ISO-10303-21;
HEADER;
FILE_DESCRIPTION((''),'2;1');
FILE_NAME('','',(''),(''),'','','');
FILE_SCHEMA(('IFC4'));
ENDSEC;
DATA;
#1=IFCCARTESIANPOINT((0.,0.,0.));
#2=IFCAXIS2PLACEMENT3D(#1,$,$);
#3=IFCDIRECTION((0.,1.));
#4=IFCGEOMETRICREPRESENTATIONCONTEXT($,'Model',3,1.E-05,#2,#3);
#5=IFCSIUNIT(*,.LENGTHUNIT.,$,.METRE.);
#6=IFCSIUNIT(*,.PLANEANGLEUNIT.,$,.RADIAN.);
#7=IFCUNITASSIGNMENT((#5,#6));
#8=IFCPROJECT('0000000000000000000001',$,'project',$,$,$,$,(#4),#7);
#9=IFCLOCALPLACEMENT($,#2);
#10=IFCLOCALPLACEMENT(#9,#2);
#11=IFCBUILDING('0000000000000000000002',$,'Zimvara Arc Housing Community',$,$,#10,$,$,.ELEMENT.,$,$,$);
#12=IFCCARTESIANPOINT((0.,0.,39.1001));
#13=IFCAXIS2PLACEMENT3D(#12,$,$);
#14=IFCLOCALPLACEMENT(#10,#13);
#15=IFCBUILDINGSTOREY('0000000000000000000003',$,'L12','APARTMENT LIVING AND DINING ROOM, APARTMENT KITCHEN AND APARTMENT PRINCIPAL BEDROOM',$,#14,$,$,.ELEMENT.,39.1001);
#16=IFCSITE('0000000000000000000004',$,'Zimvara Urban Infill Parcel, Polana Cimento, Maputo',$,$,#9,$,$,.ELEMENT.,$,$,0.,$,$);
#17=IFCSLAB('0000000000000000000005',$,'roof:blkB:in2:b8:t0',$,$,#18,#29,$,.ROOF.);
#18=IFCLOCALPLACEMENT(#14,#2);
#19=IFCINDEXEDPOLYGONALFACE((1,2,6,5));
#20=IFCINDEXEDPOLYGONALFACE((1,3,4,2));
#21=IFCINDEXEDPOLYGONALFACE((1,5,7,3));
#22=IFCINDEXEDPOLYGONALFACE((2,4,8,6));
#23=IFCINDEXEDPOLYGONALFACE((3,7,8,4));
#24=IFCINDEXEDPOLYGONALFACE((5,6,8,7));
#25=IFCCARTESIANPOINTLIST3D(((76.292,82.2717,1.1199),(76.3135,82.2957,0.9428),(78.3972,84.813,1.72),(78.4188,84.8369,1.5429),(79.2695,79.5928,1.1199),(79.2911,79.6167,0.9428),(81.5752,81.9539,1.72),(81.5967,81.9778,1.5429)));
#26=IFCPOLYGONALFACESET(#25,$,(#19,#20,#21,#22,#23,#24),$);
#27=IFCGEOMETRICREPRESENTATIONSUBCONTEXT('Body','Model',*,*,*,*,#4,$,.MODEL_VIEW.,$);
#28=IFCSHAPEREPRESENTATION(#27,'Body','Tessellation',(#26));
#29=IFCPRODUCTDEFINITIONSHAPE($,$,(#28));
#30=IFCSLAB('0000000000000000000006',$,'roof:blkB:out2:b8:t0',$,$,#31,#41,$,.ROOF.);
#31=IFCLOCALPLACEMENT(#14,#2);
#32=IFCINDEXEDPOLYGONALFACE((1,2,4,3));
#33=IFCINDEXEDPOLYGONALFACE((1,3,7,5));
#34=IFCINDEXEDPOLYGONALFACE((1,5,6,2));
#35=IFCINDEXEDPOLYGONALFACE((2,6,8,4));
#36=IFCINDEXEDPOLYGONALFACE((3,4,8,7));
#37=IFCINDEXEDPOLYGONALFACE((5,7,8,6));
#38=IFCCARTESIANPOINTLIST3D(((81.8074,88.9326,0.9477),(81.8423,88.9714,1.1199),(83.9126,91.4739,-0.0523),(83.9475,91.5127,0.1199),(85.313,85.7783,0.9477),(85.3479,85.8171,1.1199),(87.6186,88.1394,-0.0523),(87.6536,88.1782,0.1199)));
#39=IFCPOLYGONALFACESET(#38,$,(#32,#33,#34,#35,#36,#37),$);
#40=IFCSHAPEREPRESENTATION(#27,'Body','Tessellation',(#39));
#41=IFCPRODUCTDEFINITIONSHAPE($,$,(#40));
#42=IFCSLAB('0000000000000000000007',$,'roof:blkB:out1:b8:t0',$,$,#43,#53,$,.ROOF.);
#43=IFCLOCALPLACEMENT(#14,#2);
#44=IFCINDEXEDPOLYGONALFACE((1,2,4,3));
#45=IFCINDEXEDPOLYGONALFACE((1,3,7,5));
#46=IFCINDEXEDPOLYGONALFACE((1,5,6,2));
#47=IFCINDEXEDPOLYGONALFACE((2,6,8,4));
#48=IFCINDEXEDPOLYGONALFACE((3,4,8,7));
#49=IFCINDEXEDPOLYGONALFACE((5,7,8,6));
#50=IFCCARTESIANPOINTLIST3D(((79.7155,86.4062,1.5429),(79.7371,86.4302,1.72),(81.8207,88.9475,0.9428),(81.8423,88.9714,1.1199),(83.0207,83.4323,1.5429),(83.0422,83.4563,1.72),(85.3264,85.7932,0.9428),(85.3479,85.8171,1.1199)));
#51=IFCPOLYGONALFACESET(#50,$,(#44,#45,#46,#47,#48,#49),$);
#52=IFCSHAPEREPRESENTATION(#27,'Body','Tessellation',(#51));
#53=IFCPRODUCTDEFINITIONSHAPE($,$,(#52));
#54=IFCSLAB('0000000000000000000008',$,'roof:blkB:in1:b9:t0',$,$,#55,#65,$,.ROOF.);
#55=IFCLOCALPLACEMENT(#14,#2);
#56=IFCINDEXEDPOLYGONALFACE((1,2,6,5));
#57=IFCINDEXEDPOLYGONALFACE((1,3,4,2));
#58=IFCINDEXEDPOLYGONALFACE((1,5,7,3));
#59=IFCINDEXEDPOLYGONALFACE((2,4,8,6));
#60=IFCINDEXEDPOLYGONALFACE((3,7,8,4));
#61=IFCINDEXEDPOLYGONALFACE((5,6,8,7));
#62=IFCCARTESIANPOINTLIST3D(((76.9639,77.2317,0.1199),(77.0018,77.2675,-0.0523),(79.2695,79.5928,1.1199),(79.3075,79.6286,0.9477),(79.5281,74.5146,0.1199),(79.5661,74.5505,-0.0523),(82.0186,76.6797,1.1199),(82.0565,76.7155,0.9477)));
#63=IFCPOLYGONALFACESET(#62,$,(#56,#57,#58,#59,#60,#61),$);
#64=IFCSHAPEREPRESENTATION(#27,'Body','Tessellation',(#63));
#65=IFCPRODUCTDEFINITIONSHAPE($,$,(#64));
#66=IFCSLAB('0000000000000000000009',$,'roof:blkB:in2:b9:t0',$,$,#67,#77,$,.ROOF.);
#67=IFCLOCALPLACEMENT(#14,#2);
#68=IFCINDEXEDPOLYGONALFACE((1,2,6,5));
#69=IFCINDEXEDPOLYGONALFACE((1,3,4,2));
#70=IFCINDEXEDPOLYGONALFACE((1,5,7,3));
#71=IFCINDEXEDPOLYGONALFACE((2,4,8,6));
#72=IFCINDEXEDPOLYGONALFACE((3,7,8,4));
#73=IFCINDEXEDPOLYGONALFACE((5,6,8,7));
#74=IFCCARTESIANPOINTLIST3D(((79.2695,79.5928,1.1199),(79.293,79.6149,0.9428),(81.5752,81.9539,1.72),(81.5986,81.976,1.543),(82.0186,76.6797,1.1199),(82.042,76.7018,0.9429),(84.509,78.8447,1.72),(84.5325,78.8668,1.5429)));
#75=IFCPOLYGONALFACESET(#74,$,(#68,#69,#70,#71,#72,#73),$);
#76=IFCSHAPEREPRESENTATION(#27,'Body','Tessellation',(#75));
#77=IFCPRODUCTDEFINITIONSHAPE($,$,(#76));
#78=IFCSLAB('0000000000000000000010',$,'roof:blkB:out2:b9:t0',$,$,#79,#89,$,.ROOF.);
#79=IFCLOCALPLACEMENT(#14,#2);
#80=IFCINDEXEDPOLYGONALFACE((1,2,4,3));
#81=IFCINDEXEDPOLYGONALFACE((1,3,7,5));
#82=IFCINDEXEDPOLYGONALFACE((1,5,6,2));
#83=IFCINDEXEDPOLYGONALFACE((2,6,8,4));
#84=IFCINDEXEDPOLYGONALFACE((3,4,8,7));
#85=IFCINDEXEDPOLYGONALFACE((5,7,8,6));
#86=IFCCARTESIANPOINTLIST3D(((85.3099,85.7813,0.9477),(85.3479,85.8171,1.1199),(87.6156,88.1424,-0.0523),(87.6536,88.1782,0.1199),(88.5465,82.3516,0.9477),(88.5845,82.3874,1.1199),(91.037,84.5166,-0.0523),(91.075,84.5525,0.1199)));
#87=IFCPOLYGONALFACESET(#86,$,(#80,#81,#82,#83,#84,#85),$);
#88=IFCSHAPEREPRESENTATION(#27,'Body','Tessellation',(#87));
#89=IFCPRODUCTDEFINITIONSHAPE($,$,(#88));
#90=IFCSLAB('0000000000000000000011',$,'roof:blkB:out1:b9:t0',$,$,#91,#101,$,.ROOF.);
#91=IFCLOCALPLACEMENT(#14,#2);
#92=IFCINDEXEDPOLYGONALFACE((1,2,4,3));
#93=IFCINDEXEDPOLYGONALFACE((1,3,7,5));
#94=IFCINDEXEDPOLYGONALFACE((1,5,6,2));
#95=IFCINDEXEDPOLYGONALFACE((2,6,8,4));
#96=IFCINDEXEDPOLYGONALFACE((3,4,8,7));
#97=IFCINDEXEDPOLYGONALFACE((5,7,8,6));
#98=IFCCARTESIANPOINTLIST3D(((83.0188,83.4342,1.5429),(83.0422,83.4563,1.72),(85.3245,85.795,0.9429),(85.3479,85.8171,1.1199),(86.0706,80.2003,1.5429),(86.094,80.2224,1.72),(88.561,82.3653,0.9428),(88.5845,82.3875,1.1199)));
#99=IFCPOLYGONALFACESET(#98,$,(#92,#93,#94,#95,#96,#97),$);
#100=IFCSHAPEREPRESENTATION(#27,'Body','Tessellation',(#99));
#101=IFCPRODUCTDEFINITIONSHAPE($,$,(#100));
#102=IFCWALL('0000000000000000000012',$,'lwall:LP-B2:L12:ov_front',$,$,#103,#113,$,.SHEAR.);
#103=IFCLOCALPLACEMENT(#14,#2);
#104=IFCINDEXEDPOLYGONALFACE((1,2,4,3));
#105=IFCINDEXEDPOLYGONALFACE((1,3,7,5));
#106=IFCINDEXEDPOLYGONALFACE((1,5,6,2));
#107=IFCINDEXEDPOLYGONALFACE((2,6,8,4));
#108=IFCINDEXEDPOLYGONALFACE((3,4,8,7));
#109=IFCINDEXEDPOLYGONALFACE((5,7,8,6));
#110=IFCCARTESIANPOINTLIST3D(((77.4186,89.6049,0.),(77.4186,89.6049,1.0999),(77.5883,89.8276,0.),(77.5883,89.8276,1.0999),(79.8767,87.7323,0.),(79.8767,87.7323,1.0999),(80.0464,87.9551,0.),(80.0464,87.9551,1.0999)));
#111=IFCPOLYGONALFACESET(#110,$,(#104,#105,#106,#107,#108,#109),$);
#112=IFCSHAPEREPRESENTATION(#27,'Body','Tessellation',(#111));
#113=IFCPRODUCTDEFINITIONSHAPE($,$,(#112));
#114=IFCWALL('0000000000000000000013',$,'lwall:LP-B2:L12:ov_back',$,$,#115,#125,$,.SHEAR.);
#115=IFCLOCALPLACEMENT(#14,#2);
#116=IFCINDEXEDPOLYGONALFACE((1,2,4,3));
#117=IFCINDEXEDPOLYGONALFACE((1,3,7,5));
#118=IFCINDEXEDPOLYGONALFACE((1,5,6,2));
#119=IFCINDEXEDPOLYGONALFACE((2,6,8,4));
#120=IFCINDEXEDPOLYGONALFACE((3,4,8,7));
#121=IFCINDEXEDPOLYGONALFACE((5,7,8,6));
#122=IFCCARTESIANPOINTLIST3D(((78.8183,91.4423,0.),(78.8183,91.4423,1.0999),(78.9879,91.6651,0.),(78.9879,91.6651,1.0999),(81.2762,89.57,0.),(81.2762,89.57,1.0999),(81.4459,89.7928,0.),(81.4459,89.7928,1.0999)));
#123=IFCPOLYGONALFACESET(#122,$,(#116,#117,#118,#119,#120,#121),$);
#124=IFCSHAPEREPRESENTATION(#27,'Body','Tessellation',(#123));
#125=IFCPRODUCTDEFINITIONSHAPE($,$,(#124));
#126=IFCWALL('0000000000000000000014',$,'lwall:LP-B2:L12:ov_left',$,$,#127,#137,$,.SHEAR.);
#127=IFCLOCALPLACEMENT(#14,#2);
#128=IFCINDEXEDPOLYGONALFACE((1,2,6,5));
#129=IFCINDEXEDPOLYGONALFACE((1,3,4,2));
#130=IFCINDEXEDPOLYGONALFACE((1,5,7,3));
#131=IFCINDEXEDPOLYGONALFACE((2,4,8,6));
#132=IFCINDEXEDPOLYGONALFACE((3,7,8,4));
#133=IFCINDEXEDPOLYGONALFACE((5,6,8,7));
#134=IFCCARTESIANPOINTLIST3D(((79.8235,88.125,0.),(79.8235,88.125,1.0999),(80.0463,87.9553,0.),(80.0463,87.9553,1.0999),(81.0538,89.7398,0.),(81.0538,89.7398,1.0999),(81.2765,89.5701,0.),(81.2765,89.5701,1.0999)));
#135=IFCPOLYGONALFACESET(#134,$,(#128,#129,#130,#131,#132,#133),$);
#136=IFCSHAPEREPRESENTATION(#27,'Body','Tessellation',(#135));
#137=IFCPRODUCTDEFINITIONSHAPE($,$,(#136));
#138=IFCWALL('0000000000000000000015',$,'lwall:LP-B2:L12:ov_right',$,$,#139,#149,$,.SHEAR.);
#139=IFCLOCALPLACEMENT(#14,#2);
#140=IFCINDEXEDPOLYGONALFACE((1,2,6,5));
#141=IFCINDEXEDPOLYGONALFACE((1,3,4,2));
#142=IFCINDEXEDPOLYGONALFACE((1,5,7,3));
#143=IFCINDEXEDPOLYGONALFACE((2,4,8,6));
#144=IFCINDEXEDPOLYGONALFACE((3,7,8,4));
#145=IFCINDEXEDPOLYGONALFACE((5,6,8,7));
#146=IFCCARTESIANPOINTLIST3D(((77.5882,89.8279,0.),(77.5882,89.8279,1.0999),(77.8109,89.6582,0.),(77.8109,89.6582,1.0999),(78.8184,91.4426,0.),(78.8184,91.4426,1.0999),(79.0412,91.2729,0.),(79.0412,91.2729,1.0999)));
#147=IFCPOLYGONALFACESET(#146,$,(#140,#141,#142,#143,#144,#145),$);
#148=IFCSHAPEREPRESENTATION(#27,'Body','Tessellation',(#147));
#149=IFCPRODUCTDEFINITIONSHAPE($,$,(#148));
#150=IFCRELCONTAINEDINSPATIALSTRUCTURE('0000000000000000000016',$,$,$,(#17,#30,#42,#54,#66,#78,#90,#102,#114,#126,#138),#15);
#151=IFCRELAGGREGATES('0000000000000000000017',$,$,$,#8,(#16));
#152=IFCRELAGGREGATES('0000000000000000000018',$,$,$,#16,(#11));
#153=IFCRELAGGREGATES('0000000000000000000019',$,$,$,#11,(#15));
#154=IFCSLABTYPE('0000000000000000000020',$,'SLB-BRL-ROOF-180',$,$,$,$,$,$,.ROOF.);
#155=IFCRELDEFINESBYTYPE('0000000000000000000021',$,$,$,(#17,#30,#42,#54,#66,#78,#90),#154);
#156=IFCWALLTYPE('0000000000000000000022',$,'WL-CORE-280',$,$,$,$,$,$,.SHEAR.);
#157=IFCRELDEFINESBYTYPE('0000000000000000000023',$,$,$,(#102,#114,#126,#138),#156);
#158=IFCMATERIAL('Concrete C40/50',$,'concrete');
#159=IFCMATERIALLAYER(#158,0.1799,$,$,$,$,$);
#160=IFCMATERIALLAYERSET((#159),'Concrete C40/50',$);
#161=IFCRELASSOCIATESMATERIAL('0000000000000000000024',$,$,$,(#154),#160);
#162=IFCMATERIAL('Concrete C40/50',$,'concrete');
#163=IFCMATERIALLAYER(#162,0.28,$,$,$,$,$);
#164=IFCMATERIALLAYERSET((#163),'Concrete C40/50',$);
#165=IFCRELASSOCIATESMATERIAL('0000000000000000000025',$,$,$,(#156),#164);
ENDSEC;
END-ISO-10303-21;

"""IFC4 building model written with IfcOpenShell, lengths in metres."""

from ifc_helpers import new_model, si_unit, direction, frame, frame_2d, origin, place, context, subcontext, project, spatial, polyline, rectangle, outline, extrude, material, layer, layer_set, type_object, element, save


model = new_model("IFC4")

# Units and contexts
model_context = context("Model", 3, precision=1e-05, world=origin(), true_north=direction((0.0, 1.0)))
body_context = subcontext(model_context, "Body", "Model", "MODEL_VIEW")
ifc_project = project(units=[si_unit("LENGTHUNIT", "METRE"), si_unit("PLANEANGLEUNIT", "RADIAN")], contexts=[model_context])

# Site, building, storey
site_placement = place(None, origin())
site = spatial("IfcSite", under=ifc_project, at=site_placement, Name="Zimvara Urban Infill Parcel, Polana Cimento, Maputo", CompositionType="ELEMENT", RefElevation=0.0)
building_placement = place(site_placement, origin())
building = spatial("IfcBuilding", under=site, at=building_placement, Name="Zimvara Arc Housing Community", CompositionType="ELEMENT")
storey_placement = place(building_placement, frame((0.0, 0.0, 39.1001)))
storey = spatial("IfcBuildingStorey", under=building, at=storey_placement, Name="L12", Description="APARTMENT LIVING AND DINING ROOM, APARTMENT KITCHEN AND APARTMENT PRINCIPAL BEDROOM", CompositionType="ELEMENT", Elevation=39.1001)

# Slabs
ifc_material_1 = material(Name="Concrete C40/50", Category="concrete")
ifc_layer_1 = layer(ifc_material_1, 0.1799)
ifc_layer_set_1 = layer_set([ifc_layer_1], Name="Concrete C40/50")
slab_type = type_object("IfcSlabType", Name="SLB-BRL-ROOF-180", PredefinedType="ROOF", material=ifc_layer_set_1)
slab_1_placement = place(storey_placement, frame((76.292, 82.2717, 1.1199), z_axis=(-0.119759, -0.133111, 0.983839), x_axis=(0.743398, -0.66885, -0.000003)))
element("IfcSlab", 1, at=slab_1_placement, inside=storey, type_object=slab_type, Name="roof:blkB:in2:b8:t0", PredefinedType="ROOF", context=body_context, shape_type="SweptSolid", body=[
    extrude(outline(polyline([(0.0, 0.0), (4.0053, 0.0), (4.1401, 3.3515), (-0.1347, 3.3514), (0.0, 0.0)])), origin(), (0.0, 0.0, -1.0), 0.1799),
])
slab_2_placement = place(storey_placement, frame((87.6536, 88.1782, 0.1199), z_axis=(0.194121, 0.215748, 0.956959), x_axis=(-0.743391, 0.668857, 0.000004)))
element("IfcSlab", 2, at=slab_2_placement, inside=storey, type_object=slab_type, Name="roof:blkB:out2:b8:t0", PredefinedType="ROOF", context=body_context, shape_type="SweptSolid", body=[
    extrude(outline(polyline([(0.0, 0.0), (4.9853, 0.0), (4.8506, 3.4456), (0.1348, 3.4457), (0.0, 0.0)])), origin(), (0.0, 0.0, -1.0), 0.1799),
])
slab_3_placement = place(storey_placement, frame((85.3479, 85.8171, 1.1199), z_axis=(0.119768, 0.133109, 0.983838), x_axis=(-0.743374, 0.668876, -0.000001)))
element("IfcSlab", 3, at=slab_3_placement, inside=storey, type_object=slab_type, Name="roof:blkB:out1:b8:t0", PredefinedType="ROOF", context=body_context, shape_type="SweptSolid", body=[
    extrude(outline(polyline([(0.0, 0.0), (4.7158, 0.0), (4.581, 3.3514), (0.1349, 3.3514), (0.0, 0.0)])), origin(), (0.0, 0.0, -1.0), 0.1799),
])
slab_4_placement = place(storey_placement, frame((76.9639, 77.2317, 0.1199), z_axis=(-0.211074, -0.199194, 0.956958), x_axis=(0.686356, -0.727266, 0.000005)))
element("IfcSlab", 4, at=slab_4_placement, inside=storey, type_object=slab_type, Name="roof:blkB:in1:b9:t0", PredefinedType="ROOF", context=body_context, shape_type="SweptSolid", body=[
    extrude(outline(polyline([(0.0, 0.0), (3.736, 0.0), (3.8708, 3.4455), (-0.1346, 3.4457), (0.0, 0.0)])), origin(), (0.0, 0.0, -1.0), 0.1799),
])
slab_5_placement = place(storey_placement, frame((79.2695, 79.5928, 1.1199), z_axis=(-0.130227, -0.122889, 0.983839), x_axis=(0.68633, -0.727291, 0.000003)))
element("IfcSlab", 5, at=slab_5_placement, inside=storey, type_object=slab_type, Name="roof:blkB:in2:b9:t0", PredefinedType="ROOF", context=body_context, shape_type="SweptSolid", body=[
    extrude(outline(polyline([(0.0, 0.0), (4.0054, 0.0), (4.1401, 3.3514), (-0.1347, 3.3515), (0.0, 0.0)])), origin(), (0.0, 0.0, -1.0), 0.1799),
])
slab_6_placement = place(storey_placement, frame((91.075, 84.5525, 0.1199), z_axis=(0.211079, 0.199188, 0.956958), x_axis=(-0.686315, 0.727304, -0.000004)))
element("IfcSlab", 6, at=slab_6_placement, inside=storey, type_object=slab_type, Name="roof:blkB:out2:b9:t0", PredefinedType="ROOF", context=body_context, shape_type="SweptSolid", body=[
    extrude(outline(polyline([(0.0, 0.0), (4.9852, 0.0), (4.8503, 3.4457), (0.1346, 3.4455), (0.0, 0.0)])), origin(), (0.0, 0.0, -1.0), 0.1799),
])
slab_7_placement = place(storey_placement, frame((88.5845, 82.3875, 1.1199), z_axis=(0.130228, 0.122895, 0.983838), x_axis=(-0.686335, 0.727286, 0.000001)))
element("IfcSlab", 7, at=slab_7_placement, inside=storey, type_object=slab_type, Name="roof:blkB:out1:b9:t0", PredefinedType="ROOF", context=body_context, shape_type="SweptSolid", body=[
    extrude(outline(polyline([(0.0, 0.0), (4.7157, 0.0), (4.5812, 3.3514), (0.1347, 3.3514), (0.0, 0.0)])), origin(), (0.0, 0.0, -1.0), 0.1799),
])

# Walls
ifc_material_2 = material(Name="Concrete C40/50", Category="concrete")
ifc_layer_2 = layer(ifc_material_2, 0.28)
ifc_layer_set_2 = layer_set([ifc_layer_2], Name="Concrete C40/50")
wall_type = type_object("IfcWallType", Name="WL-CORE-280", PredefinedType="SHEAR", material=ifc_layer_set_2)
wall_1_placement = place(storey_placement, frame((79.9614, 87.8438, 0.0), z_axis=(0.0, 0.0, 1.0), x_axis=(-0.795464, 0.606, 0.0)))
element("IfcWall", 8, at=wall_1_placement, inside=storey, type_object=wall_type, Name="lwall:LP-B2:L12:ov_front", PredefinedType="SHEAR", context=body_context, shape_type="SweptSolid", body=[
    extrude(rectangle(XDim=3.0901, YDim=0.28, at=frame_2d((1.5449, 0.0))), origin(), (0.0, 0.0, 1.0), 1.0999),
])
wall_2_placement = place(storey_placement, frame((81.3611, 89.6814, 0.0), z_axis=(0.0, 0.0, 1.0), x_axis=(-0.795502, 0.60595, 0.0)))
element("IfcWall", 9, at=wall_2_placement, inside=storey, type_object=wall_type, Name="lwall:LP-B2:L12:ov_back", PredefinedType="SHEAR", context=body_context, shape_type="SweptSolid", body=[
    extrude(rectangle(XDim=3.0898, YDim=0.28, at=frame_2d((1.5449, 0.0))), origin(), (0.0, 0.0, 1.0), 1.0999),
])
for number, where, z_axis, x_axis, name in (
    (10, (79.9348, 88.04, 0.0), (0.0, 0.0, 1.0), (0.606025, 0.795446, 0.0), "lwall:LP-B2:L12:ov_left"),
    (11, (77.6995, 89.7429, 0.0), (0.0, 0.0, 1.0), (0.606025, 0.795446, 0.0), "lwall:LP-B2:L12:ov_right"),
):
    element("IfcWall", number, at=place(storey_placement, frame(where, z_axis=z_axis, x_axis=x_axis)), inside=storey, type_object=wall_type, Name=name, PredefinedType="SHEAR", context=body_context, shape_type="SweptSolid", body=[
        extrude(rectangle(XDim=2.03, YDim=0.28, at=frame_2d((1.0151, 0.0))), origin(), (0.0, 0.0, 1.0), 1.0999),
    ])

save(model, "model.ifc")
